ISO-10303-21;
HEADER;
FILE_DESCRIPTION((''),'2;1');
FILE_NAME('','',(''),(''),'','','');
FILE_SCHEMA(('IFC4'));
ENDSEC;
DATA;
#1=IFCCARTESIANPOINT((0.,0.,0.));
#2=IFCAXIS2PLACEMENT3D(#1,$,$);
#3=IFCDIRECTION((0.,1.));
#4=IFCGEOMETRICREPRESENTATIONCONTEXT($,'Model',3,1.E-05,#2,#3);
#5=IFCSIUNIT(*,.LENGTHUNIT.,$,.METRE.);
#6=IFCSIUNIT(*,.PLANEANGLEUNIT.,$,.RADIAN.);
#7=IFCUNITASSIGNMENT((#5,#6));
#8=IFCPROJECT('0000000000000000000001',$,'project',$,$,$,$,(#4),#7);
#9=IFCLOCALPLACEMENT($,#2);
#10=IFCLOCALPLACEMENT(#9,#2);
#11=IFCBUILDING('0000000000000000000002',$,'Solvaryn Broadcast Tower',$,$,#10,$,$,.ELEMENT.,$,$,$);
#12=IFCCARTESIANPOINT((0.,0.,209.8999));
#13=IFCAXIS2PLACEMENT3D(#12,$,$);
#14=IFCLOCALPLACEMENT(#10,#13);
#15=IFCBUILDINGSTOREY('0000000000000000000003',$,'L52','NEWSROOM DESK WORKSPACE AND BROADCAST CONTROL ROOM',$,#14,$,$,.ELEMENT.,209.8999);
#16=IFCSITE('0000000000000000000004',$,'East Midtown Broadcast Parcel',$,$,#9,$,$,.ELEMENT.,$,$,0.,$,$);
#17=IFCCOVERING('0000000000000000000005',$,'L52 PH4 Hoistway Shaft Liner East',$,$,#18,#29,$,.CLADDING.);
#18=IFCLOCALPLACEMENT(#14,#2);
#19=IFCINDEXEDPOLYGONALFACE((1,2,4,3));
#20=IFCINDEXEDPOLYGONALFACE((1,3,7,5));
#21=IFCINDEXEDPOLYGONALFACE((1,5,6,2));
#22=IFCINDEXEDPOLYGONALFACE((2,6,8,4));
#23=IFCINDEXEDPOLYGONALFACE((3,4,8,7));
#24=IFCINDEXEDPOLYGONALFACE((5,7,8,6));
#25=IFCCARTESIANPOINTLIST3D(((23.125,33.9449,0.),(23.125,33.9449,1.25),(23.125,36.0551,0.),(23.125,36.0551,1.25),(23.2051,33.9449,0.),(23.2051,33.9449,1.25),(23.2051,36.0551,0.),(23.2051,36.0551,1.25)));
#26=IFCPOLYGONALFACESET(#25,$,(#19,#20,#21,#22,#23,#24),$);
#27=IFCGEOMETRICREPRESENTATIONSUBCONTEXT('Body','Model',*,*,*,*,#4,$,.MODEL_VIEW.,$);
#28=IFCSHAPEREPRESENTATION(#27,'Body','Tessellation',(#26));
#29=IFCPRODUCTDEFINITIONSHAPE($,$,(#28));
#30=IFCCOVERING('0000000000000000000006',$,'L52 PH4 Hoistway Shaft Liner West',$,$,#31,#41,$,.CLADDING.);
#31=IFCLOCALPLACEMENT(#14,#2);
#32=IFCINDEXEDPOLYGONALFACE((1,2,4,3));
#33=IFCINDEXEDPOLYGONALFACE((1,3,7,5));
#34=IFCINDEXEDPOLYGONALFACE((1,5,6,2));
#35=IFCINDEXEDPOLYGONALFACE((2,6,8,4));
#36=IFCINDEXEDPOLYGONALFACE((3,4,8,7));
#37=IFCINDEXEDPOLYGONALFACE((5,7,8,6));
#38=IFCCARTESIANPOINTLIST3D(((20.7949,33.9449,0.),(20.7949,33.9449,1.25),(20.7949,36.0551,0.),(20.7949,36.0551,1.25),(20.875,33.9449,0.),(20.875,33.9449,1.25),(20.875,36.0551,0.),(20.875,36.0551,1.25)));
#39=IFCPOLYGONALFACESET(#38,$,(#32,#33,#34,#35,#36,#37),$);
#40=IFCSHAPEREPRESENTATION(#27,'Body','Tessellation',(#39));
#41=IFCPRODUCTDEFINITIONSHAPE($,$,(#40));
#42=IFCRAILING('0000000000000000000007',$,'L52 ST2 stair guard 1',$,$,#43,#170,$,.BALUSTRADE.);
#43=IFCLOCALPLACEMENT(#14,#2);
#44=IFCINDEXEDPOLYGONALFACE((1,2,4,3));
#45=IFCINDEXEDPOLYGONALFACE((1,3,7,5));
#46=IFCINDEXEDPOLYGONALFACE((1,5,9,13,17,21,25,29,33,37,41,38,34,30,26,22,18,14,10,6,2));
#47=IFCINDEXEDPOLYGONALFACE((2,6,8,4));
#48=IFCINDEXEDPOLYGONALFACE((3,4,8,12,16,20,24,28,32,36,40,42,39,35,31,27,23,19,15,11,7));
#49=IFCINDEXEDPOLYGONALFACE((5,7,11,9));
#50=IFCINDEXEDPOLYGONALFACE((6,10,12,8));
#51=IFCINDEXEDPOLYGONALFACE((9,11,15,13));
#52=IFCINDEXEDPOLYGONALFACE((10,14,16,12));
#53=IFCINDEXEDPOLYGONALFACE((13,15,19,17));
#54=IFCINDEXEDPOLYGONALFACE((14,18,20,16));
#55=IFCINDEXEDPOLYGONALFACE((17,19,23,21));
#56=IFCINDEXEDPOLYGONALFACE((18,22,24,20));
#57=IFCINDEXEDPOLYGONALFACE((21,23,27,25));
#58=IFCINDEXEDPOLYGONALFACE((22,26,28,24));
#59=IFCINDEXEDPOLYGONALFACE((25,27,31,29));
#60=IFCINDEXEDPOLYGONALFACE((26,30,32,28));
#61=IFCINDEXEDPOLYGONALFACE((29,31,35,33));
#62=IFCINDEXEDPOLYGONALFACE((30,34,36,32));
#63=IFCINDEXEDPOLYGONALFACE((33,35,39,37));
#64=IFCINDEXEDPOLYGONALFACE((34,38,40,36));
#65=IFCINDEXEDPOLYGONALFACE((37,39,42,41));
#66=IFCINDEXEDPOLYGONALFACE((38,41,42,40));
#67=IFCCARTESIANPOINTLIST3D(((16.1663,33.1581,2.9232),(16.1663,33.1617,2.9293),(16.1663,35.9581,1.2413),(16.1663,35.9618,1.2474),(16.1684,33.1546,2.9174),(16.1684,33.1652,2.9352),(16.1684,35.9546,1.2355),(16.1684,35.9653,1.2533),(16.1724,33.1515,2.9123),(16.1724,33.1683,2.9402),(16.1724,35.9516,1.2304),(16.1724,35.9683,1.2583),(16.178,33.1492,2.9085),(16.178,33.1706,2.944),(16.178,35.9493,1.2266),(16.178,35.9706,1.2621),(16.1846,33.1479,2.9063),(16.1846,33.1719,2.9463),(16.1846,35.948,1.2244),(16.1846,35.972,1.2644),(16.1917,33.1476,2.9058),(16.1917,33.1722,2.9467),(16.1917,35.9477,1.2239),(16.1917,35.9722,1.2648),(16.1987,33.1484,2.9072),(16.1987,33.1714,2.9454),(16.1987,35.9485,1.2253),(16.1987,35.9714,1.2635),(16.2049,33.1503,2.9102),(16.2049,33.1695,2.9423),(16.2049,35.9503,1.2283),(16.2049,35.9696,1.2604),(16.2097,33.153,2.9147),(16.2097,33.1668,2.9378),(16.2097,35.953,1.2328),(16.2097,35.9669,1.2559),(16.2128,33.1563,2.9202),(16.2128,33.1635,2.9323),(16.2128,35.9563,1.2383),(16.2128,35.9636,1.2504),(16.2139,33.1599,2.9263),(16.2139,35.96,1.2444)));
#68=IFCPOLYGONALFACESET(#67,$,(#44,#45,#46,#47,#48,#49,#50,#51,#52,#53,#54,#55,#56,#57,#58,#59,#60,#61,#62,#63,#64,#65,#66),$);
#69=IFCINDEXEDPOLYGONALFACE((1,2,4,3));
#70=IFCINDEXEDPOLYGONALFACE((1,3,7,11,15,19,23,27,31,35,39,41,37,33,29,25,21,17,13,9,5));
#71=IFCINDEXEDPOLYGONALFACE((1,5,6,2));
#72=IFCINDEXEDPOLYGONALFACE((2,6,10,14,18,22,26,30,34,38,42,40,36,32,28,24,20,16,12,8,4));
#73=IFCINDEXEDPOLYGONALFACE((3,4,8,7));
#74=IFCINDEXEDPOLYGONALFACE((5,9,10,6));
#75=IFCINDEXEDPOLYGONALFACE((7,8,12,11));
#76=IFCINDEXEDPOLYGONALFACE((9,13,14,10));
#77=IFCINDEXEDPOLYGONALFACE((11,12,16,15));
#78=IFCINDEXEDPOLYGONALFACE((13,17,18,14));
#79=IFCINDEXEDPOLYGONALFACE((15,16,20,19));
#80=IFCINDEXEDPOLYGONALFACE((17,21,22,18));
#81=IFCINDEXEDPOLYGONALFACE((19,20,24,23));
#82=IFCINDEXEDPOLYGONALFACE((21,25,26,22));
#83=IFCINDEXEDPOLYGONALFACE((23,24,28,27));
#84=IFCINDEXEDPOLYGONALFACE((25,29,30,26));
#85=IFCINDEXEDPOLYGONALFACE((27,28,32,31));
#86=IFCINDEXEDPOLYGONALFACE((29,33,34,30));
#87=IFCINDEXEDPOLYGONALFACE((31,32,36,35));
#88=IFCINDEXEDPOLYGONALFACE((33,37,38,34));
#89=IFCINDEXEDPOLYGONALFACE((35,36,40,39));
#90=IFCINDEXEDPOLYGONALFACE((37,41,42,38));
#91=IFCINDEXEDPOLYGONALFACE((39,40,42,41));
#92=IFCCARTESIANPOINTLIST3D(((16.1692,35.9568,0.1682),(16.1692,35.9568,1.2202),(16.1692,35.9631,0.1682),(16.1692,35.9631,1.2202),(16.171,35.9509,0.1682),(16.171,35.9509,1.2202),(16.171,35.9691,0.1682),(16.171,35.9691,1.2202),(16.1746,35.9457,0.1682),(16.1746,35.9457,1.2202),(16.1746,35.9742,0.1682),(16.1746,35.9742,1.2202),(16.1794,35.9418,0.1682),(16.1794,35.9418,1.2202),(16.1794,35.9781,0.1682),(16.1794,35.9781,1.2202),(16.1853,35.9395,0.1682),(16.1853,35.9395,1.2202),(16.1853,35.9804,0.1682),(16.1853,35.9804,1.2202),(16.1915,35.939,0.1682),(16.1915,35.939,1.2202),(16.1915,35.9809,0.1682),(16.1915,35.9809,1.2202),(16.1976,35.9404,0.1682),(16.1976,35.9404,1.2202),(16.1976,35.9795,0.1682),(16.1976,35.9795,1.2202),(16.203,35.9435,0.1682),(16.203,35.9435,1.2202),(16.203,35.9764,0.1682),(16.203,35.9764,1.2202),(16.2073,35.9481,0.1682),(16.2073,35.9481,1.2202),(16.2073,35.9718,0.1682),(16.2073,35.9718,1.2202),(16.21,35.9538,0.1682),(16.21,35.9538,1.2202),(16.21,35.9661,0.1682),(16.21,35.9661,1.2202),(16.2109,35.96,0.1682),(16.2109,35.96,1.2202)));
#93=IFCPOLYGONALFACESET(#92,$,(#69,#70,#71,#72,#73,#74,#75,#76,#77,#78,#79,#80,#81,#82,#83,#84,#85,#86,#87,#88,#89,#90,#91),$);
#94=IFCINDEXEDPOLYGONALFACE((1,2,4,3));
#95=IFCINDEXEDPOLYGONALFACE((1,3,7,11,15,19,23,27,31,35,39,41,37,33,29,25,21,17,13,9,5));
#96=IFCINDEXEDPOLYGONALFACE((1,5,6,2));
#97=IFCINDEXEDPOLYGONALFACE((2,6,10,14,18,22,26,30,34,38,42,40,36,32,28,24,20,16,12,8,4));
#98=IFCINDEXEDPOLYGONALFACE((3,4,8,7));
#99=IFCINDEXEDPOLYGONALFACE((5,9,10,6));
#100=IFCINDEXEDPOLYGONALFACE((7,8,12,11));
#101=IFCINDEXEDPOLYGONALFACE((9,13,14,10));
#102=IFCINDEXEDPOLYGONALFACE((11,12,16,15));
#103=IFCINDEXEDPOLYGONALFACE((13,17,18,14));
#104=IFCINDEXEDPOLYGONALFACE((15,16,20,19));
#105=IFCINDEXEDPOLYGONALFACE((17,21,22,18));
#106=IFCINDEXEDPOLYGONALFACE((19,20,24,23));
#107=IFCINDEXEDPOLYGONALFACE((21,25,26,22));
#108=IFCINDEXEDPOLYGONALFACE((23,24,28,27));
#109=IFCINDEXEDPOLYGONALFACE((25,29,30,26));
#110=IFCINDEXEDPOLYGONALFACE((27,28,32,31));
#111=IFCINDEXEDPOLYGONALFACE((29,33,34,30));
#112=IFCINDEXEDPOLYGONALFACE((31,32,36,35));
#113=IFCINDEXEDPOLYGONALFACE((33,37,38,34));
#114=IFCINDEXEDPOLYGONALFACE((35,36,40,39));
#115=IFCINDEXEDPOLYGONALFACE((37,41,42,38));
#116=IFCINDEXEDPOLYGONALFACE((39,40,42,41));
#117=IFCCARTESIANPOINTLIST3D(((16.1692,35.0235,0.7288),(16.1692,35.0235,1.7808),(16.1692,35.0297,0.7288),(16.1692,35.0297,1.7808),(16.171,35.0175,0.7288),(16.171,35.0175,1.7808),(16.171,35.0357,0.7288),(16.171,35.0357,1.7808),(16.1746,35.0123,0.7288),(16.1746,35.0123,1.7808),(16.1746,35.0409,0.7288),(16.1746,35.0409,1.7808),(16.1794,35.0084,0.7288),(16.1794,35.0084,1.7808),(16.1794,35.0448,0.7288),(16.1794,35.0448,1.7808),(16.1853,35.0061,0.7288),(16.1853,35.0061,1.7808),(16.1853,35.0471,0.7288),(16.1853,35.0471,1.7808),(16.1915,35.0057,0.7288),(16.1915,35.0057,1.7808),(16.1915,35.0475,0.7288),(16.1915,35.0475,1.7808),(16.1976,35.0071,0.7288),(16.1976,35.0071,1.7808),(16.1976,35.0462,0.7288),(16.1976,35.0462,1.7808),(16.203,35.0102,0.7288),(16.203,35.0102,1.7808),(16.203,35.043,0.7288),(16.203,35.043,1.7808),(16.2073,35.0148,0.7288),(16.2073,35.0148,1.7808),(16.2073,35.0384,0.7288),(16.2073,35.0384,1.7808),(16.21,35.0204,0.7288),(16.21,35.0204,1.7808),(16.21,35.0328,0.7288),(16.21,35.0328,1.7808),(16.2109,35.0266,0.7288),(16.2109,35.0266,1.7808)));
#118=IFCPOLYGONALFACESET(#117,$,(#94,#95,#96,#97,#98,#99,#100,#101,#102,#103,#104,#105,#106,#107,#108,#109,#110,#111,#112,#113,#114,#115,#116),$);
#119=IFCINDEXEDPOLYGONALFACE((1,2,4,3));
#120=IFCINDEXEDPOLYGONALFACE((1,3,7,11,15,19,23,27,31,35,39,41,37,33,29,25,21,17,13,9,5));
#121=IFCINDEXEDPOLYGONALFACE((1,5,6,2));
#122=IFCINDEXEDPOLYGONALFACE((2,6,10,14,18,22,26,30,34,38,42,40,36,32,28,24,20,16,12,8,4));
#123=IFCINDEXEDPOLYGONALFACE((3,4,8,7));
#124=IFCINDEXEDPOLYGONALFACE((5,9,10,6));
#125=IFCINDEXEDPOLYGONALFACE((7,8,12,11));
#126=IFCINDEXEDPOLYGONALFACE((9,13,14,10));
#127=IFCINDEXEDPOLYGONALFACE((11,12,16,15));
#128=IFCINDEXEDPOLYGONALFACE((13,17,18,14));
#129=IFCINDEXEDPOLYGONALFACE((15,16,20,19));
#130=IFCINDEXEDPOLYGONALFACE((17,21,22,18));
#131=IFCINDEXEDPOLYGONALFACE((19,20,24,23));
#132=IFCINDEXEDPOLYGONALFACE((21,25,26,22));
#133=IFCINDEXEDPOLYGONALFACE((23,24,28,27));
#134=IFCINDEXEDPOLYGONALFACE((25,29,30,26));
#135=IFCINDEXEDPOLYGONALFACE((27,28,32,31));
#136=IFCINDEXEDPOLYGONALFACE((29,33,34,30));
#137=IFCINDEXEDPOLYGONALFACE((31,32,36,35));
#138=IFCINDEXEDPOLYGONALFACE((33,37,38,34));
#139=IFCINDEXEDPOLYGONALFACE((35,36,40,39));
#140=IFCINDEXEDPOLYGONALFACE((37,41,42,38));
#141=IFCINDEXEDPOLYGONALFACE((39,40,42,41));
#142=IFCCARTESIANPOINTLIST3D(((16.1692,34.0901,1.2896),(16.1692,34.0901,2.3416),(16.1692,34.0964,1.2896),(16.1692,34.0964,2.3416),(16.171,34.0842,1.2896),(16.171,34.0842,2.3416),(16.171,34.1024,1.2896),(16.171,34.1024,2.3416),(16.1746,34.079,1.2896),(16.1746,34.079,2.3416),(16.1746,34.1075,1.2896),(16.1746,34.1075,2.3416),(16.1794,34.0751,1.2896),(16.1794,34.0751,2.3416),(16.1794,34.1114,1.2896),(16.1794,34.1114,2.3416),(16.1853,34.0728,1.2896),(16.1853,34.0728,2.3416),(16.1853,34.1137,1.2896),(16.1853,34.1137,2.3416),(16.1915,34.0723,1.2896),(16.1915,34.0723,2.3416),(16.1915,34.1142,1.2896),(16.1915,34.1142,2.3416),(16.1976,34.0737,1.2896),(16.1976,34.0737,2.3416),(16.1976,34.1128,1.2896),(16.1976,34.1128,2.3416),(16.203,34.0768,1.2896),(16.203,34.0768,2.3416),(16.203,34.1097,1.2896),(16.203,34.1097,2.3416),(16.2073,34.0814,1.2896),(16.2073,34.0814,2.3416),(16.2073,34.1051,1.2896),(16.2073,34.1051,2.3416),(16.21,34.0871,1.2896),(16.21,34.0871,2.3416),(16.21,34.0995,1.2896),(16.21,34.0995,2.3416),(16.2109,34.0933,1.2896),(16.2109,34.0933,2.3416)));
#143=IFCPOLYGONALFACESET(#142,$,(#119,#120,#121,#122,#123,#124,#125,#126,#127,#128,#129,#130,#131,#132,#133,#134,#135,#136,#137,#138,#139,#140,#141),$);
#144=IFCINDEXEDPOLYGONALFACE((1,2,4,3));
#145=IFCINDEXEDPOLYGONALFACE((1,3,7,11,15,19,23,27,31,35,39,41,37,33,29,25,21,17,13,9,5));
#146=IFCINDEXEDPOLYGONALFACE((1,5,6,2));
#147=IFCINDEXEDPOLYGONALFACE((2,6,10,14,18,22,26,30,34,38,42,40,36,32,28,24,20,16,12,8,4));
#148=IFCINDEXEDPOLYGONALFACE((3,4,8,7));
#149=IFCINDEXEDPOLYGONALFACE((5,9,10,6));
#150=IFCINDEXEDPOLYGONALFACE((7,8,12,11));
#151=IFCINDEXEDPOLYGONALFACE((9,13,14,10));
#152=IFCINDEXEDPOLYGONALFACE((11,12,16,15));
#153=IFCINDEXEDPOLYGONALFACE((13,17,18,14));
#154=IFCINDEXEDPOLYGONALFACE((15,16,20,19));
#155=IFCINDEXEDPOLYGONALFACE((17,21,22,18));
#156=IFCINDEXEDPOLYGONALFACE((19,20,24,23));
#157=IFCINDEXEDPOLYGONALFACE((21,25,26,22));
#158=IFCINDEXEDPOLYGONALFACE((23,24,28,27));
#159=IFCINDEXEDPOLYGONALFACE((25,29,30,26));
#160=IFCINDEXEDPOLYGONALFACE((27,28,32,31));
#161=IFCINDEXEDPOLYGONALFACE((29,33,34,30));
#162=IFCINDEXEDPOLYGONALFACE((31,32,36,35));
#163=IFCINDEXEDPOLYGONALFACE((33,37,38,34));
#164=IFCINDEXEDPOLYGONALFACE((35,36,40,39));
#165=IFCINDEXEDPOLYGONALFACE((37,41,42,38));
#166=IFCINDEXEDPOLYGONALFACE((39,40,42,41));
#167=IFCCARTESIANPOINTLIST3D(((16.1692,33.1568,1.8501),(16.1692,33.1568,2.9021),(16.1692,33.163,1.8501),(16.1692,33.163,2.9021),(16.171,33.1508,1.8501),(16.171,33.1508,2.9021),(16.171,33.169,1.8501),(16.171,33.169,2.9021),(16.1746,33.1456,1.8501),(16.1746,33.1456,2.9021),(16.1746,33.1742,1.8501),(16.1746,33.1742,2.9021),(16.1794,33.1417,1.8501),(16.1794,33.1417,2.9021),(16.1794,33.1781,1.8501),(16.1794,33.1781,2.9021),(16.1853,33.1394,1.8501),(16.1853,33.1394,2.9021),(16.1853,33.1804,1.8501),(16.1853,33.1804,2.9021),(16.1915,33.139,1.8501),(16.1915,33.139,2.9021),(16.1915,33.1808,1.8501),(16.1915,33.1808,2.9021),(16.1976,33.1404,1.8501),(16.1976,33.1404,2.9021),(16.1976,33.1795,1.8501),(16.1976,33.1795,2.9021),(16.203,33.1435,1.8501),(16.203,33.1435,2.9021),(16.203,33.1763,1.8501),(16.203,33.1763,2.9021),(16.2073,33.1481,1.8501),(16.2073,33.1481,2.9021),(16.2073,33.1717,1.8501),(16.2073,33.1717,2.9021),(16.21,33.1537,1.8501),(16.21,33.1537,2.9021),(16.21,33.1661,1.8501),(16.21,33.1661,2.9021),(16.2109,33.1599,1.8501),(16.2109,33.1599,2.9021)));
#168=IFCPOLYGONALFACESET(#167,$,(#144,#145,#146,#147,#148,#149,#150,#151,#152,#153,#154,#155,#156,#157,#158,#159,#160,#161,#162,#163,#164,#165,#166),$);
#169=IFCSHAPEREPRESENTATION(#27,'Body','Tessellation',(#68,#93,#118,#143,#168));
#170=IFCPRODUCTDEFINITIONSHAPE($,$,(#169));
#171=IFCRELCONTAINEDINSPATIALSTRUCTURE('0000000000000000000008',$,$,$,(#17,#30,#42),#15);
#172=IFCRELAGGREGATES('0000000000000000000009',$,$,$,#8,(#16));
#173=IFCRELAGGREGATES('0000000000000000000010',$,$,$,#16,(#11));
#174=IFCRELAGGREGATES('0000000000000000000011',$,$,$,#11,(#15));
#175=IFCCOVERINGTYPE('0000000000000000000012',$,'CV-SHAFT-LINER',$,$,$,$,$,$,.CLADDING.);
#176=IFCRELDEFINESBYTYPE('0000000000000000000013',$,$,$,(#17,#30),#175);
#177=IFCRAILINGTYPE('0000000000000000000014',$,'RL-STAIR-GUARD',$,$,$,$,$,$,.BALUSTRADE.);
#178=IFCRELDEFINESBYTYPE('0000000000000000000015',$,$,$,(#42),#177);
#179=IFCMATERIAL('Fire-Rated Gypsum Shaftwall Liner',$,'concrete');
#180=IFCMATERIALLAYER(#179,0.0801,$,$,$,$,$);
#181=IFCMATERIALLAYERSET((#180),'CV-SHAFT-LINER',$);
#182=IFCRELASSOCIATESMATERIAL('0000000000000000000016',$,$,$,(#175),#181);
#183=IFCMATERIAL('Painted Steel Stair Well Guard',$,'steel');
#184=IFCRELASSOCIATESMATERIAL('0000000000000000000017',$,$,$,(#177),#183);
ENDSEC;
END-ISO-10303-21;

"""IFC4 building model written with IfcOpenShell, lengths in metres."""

from ifc_helpers import new_model, si_unit, direction, frame, origin, origin_2d, place, context, subcontext, project, spatial, rectangle, circle, extrude, material, layer, layer_set, type_object, element, save


model = new_model("IFC4")

# Units and contexts
model_context = context("Model", 3, precision=1e-05, world=origin(), true_north=direction((0.0, 1.0)))
body_context = subcontext(model_context, "Body", "Model", "MODEL_VIEW")
ifc_project = project(units=[si_unit("LENGTHUNIT", "METRE"), si_unit("PLANEANGLEUNIT", "RADIAN")], contexts=[model_context])

# Site, building, storey
site_placement = place(None, origin())
site = spatial("IfcSite", under=ifc_project, at=site_placement, Name="East Midtown Broadcast Parcel", CompositionType="ELEMENT", RefElevation=0.0)
building_placement = place(site_placement, origin())
building = spatial("IfcBuilding", under=site, at=building_placement, Name="Solvaryn Broadcast Tower", CompositionType="ELEMENT")
storey_placement = place(building_placement, frame((0.0, 0.0, 209.8999)))
storey = spatial("IfcBuildingStorey", under=building, at=storey_placement, Name="L52", Description="NEWSROOM DESK WORKSPACE AND BROADCAST CONTROL ROOM", CompositionType="ELEMENT", Elevation=209.8999)

# Coverings
ifc_material_1 = material(Name="Fire-Rated Gypsum Shaftwall Liner", Category="concrete")
ifc_layer_1 = layer(ifc_material_1, 0.0801)
ifc_layer_set_1 = layer_set([ifc_layer_1], Name="CV-SHAFT-LINER")
covering_type = type_object("IfcCoveringType", Name="CV-SHAFT-LINER", PredefinedType="CLADDING", material=ifc_layer_set_1)
for number, where, z_axis, x_axis, name in (
    (1, (23.165, 35.0, 0.0), (0.0, 0.0, 1.0), (1.0, 0.0, 0.0), "L52 PH4 Hoistway Shaft Liner East"),
    (2, (20.835, 35.0, 0.0), (0.0, 0.0, 1.0), (1.0, 0.0, 0.0), "L52 PH4 Hoistway Shaft Liner West"),
):
    element("IfcCovering", number, at=place(storey_placement, frame(where, z_axis=z_axis, x_axis=x_axis)), inside=storey, type_object=covering_type, Name=name, PredefinedType="CLADDING", context=body_context, shape_type="SweptSolid", body=[
        extrude(rectangle(XDim=0.0801, YDim=2.1101, at=origin_2d()), origin(), (0.0, 0.0, 1.0), 1.25),
    ])

# Railing
ifc_material_2 = material(Name="Painted Steel Stair Well Guard", Category="steel")
railing_type_1 = type_object("IfcRailingType", Name="RL-STAIR-GUARD", PredefinedType="BALUSTRADE", material=ifc_material_2)
railing_1_placement = place(storey_placement, frame((16.1899, 35.96, 0.1682)))
element("IfcRailing", 3, at=railing_1_placement, inside=storey, type_object=railing_type_1, Name="L52 ST2 stair guard 1", PredefinedType="BALUSTRADE", context=body_context, shape_type="SweptSolid", body=[
    extrude(circle(Radius=0.0239, at=origin_2d()), frame((0.0, 0.0, 1.0762), z_axis=(0.0, -0.857242, 0.514913), x_axis=(1.0, 0.0, 0.0)), (0.0, 0.0, 1.0), 3.2664),
    extrude(circle(Radius=0.021, at=origin_2d()), origin(), (0.0, 0.0, 1.0), 1.052),
    extrude(circle(Radius=0.021, at=origin_2d()), frame((0.0, -0.9333, 0.5605)), (0.0, 0.0, 1.0), 1.052),
    extrude(circle(Radius=0.021, at=origin_2d()), frame((0.0, -1.8667, 1.1213)), (0.0, 0.0, 1.0), 1.052),
    extrude(circle(Radius=0.021, at=origin_2d()), frame((0.0, -2.8, 1.6819)), (0.0, 0.0, 1.0), 1.052),
])

save(model, "model.ifc")
